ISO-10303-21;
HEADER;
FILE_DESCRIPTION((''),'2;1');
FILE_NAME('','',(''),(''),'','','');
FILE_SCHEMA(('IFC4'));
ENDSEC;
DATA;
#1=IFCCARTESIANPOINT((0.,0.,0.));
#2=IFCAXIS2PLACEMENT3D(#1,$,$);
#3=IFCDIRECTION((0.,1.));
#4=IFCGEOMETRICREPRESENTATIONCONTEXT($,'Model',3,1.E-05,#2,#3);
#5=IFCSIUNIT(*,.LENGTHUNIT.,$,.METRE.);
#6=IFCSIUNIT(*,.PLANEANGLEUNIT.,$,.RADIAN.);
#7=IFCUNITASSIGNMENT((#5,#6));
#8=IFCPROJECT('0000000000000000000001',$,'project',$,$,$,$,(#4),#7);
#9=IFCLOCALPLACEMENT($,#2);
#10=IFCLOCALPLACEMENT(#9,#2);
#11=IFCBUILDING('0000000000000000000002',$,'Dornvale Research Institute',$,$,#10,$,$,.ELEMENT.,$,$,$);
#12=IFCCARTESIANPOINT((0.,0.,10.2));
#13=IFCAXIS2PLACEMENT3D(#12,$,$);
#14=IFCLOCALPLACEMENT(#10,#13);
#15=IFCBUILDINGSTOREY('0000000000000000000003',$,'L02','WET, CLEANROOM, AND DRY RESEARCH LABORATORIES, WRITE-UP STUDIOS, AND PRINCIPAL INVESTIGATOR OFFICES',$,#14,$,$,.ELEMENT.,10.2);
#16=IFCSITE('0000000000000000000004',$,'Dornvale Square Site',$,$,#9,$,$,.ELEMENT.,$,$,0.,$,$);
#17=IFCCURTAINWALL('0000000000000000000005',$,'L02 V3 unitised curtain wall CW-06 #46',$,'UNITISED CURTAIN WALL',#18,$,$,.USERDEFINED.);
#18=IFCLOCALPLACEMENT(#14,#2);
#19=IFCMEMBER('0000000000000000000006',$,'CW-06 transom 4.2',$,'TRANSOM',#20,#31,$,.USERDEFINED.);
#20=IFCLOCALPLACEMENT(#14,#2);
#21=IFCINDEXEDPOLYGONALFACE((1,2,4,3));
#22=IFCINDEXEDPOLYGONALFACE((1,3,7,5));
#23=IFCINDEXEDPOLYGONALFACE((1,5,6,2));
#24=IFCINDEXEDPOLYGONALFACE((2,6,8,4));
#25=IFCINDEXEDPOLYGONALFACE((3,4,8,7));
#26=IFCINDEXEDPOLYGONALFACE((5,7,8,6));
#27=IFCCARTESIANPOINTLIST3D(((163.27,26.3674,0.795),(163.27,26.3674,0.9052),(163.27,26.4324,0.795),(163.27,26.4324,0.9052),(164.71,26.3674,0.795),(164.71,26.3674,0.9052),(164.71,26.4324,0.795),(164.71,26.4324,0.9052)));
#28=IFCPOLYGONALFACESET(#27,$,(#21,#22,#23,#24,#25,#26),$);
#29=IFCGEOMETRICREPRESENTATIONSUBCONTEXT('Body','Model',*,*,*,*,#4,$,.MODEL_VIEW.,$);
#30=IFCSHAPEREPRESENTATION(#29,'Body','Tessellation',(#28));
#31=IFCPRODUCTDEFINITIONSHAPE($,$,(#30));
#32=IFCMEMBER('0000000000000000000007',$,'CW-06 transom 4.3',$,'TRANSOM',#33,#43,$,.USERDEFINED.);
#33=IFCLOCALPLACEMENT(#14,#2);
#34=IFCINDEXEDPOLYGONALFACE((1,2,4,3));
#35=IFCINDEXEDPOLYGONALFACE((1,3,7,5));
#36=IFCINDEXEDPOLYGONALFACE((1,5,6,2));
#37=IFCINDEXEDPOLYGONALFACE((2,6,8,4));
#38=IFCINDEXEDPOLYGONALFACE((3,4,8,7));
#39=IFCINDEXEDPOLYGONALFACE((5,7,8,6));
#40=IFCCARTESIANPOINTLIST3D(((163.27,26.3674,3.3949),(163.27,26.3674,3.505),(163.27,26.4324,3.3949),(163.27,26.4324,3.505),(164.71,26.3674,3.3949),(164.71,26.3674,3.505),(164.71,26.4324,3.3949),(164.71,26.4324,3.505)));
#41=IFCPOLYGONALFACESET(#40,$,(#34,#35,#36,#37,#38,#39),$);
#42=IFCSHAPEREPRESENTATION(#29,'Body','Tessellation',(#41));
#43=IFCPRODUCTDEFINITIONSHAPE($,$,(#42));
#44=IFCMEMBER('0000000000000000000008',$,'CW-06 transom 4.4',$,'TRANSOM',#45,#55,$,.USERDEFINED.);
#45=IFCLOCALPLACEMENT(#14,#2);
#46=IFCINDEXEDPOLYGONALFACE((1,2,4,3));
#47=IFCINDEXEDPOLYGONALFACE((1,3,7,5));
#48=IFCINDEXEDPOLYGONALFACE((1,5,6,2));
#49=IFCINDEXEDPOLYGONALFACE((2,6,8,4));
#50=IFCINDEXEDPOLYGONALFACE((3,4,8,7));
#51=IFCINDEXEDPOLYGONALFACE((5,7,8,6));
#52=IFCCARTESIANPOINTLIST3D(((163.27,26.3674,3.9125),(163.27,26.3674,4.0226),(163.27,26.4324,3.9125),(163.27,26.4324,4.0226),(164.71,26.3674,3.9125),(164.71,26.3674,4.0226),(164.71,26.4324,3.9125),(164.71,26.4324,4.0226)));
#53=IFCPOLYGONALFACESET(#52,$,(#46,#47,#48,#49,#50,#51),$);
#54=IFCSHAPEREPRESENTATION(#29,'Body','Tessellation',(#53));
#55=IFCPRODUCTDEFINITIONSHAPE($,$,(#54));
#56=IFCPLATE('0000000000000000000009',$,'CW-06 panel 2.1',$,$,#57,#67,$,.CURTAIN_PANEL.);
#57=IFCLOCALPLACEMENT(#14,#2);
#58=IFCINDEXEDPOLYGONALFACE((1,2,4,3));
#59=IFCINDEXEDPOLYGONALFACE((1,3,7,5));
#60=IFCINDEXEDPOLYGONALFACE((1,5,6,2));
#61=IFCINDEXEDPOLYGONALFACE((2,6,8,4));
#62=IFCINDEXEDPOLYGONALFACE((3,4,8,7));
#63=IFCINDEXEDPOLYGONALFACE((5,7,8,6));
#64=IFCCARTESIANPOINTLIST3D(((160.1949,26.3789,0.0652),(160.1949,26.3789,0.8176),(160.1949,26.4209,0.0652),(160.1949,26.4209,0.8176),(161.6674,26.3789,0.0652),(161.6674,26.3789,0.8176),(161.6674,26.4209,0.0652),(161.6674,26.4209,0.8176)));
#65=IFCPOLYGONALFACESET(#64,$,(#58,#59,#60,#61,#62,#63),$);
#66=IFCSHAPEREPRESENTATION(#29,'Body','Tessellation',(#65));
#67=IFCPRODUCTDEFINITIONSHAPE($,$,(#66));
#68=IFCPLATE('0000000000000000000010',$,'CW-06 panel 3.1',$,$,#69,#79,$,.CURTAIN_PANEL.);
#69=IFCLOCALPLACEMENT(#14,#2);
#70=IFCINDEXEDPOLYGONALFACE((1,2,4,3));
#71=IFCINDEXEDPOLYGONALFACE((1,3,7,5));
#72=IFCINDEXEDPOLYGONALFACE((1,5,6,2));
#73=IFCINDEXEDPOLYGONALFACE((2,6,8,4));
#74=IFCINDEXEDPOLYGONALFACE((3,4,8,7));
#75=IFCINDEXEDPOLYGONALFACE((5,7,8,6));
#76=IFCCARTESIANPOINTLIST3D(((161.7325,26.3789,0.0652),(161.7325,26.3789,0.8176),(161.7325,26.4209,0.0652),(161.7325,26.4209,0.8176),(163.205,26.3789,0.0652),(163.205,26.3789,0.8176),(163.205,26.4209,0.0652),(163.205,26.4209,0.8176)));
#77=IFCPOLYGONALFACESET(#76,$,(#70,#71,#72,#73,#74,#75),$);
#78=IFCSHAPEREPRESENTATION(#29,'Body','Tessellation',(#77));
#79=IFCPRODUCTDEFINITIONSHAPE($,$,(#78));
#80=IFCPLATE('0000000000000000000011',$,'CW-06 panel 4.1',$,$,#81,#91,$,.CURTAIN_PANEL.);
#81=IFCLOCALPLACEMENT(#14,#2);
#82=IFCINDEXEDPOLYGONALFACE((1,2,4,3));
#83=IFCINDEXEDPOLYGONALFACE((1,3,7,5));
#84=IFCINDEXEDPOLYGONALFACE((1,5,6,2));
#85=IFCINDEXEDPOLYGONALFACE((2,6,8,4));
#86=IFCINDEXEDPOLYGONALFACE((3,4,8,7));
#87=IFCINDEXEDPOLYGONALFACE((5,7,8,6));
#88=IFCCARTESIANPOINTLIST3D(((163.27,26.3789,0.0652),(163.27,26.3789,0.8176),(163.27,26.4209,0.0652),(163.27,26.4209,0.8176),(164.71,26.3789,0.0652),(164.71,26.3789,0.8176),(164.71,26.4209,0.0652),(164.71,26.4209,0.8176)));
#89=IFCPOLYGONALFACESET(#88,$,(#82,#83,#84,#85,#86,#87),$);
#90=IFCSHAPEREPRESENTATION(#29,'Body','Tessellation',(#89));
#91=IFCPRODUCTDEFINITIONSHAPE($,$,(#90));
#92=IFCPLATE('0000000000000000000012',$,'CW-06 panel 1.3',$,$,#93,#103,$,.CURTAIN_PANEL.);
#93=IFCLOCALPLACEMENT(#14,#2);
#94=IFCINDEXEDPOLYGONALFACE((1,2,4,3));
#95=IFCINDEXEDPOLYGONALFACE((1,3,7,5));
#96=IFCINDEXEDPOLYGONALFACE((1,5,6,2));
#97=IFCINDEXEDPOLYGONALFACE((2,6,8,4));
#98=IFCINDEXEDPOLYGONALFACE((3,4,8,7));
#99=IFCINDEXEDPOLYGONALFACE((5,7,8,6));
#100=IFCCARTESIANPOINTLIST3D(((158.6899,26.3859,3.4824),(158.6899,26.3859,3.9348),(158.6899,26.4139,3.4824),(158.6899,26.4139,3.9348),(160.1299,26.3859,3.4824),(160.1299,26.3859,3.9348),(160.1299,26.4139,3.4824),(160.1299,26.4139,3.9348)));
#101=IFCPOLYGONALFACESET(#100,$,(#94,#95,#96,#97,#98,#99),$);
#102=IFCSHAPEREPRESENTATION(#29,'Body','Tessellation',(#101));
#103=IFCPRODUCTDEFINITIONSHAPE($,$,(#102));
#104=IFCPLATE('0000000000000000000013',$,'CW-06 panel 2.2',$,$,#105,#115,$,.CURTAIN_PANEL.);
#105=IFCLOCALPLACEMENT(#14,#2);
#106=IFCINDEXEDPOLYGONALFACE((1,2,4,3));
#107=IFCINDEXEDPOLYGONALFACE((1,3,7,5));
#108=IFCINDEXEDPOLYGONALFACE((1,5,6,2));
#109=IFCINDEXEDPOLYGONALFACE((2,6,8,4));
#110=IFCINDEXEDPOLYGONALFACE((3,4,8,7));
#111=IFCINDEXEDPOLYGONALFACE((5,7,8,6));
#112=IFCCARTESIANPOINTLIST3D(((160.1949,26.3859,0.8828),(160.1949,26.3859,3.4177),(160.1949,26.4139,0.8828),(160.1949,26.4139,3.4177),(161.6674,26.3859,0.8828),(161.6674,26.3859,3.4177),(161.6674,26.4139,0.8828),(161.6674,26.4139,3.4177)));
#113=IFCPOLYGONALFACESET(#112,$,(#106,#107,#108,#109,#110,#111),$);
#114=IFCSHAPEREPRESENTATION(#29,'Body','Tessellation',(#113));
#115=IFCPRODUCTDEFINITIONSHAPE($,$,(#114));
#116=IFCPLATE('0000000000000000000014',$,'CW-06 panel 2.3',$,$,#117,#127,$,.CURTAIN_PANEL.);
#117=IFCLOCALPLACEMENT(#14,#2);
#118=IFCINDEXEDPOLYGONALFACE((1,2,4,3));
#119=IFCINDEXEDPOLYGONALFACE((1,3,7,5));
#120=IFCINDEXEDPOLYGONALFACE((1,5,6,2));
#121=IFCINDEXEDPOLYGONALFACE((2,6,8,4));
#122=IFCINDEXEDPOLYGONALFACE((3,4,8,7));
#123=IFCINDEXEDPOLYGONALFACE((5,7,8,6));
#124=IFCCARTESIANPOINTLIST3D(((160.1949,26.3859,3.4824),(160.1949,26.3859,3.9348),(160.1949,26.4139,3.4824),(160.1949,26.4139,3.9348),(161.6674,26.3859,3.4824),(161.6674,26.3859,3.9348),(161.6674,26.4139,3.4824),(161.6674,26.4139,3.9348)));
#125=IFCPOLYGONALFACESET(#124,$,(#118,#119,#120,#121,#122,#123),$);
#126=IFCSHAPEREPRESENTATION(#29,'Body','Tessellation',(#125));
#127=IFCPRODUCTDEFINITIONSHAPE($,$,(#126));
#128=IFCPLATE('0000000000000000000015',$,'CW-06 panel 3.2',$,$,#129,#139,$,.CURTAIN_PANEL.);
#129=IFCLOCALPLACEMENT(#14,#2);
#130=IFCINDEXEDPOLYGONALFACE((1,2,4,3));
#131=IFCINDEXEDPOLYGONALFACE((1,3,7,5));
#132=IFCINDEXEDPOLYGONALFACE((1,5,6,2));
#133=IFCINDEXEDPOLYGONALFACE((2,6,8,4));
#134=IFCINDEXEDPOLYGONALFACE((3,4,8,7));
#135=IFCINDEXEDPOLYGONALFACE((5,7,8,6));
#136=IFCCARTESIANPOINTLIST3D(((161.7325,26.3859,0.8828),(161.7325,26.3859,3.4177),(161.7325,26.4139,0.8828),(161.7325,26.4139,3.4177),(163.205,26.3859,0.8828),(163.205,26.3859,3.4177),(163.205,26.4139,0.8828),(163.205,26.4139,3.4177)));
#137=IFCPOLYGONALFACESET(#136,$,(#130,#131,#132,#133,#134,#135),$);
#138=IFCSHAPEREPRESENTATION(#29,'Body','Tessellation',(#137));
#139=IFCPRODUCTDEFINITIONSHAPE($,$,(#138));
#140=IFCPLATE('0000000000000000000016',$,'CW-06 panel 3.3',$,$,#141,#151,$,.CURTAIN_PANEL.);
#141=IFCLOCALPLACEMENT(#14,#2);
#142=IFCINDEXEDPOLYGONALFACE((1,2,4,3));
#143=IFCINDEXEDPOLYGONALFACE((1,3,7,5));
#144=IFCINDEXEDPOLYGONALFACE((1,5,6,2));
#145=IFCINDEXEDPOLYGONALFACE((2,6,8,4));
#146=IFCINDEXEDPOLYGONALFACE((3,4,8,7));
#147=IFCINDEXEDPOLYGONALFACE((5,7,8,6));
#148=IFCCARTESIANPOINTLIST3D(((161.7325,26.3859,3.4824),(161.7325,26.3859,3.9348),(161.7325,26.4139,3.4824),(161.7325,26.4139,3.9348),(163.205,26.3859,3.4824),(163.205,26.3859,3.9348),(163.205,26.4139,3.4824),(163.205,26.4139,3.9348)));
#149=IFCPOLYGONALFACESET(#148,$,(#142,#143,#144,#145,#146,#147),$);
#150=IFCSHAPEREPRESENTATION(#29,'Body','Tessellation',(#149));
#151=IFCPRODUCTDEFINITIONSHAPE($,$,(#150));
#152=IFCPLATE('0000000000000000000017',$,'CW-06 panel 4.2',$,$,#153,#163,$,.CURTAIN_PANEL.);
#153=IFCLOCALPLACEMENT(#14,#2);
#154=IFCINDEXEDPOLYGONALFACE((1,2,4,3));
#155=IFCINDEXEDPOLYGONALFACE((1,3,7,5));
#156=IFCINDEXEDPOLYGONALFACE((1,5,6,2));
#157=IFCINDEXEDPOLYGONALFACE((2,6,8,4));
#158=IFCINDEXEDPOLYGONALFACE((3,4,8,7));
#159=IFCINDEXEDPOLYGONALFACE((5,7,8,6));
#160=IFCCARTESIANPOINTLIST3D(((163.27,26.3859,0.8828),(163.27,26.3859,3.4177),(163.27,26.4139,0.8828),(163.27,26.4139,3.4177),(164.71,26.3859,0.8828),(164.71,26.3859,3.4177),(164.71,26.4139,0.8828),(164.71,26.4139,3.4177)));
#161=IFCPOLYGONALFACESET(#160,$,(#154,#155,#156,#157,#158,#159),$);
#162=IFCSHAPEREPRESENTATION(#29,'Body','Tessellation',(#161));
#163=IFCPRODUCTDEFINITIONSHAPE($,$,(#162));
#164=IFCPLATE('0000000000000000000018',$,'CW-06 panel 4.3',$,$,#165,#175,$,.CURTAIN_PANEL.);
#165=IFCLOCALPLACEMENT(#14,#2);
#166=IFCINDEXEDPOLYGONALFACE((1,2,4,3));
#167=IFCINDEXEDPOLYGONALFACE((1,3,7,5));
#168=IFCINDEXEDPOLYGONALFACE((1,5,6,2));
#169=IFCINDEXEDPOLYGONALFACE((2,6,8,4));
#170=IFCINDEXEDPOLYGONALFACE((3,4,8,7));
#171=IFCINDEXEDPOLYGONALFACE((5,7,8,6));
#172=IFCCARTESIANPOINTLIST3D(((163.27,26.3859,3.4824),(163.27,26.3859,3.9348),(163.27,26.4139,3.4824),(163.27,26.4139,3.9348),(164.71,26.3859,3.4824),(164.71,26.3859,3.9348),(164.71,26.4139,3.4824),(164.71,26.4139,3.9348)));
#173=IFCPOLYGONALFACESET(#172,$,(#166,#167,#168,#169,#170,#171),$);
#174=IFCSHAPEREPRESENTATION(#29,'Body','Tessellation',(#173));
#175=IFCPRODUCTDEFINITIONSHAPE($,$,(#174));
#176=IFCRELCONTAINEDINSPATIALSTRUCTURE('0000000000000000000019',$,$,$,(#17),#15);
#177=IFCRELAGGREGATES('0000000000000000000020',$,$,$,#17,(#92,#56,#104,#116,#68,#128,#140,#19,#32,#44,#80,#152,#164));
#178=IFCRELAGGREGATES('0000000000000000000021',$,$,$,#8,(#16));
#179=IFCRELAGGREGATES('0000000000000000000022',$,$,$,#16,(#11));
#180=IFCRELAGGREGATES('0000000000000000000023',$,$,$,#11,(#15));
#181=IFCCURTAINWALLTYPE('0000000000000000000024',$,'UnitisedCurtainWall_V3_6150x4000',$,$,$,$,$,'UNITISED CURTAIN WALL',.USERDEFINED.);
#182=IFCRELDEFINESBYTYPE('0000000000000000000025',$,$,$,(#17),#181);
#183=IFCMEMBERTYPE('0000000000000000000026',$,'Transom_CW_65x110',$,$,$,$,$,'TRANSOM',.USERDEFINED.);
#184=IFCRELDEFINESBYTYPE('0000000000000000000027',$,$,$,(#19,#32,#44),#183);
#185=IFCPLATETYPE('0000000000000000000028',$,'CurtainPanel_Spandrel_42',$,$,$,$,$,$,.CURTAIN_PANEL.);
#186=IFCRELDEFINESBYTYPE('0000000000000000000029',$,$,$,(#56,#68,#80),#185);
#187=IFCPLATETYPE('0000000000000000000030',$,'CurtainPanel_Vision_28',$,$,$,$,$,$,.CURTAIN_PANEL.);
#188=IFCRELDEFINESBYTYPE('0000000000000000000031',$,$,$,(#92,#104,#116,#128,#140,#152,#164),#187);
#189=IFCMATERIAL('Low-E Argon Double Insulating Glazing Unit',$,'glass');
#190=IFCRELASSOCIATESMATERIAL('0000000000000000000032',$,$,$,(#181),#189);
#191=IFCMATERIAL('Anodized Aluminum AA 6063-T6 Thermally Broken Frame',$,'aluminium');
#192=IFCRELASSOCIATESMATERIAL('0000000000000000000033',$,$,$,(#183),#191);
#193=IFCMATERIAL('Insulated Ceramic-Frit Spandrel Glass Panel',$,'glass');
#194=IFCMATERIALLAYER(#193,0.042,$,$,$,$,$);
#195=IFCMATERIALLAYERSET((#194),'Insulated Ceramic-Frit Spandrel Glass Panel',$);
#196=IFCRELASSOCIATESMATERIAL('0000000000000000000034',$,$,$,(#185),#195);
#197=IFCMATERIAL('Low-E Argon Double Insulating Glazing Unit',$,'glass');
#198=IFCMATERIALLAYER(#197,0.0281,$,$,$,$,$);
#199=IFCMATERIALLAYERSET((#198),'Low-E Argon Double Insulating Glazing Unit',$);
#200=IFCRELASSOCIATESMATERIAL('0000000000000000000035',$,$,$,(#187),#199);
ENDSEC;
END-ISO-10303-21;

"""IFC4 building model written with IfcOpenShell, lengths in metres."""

from ifc_helpers import new_model, si_unit, direction, frame, origin, origin_2d, place, context, subcontext, project, spatial, rectangle, extrude, material, layer, layer_set, material_profile, profile_set, type_object, element, aggregate, save


model = new_model("IFC4")

# Units and contexts
model_context = context("Model", 3, precision=1e-05, world=origin(), true_north=direction((0.0, 1.0)))
body_context = subcontext(model_context, "Body", "Model", "MODEL_VIEW")
ifc_project = project(units=[si_unit("LENGTHUNIT", "METRE"), si_unit("PLANEANGLEUNIT", "RADIAN")], contexts=[model_context])

# Site, building, storey
site_placement = place(None, origin())
site = spatial("IfcSite", under=ifc_project, at=site_placement, Name="Dornvale Square Site", CompositionType="ELEMENT", RefElevation=0.0)
building_placement = place(site_placement, origin())
building = spatial("IfcBuilding", under=site, at=building_placement, Name="Dornvale Research Institute", CompositionType="ELEMENT")
storey_placement = place(building_placement, frame((0.0, 0.0, 10.2)))
storey = spatial("IfcBuildingStorey", under=building, at=storey_placement, Name="L02", Description="WET, CLEANROOM, AND DRY RESEARCH LABORATORIES, WRITE-UP STUDIOS, AND PRINCIPAL INVESTIGATOR OFFICES", CompositionType="ELEMENT", Elevation=10.2)

# Curtain wall, members, plates
ifc_material_1 = material(Name="Low-E Argon Double Insulating Glazing Unit", Category="glass")
curtain_wall_type = type_object("IfcCurtainWallType", Name="UnitisedCurtainWall_V3_6150x4000", ElementType="UNITISED CURTAIN WALL", PredefinedType="USERDEFINED", material=ifc_material_1)
curtain_wall_placement = place(storey_placement, origin())
curtain_wall = element("IfcCurtainWall", 1, at=curtain_wall_placement, inside=storey, type_object=curtain_wall_type, Name="L02 V3 unitised curtain wall CW-06 #46", ObjectType="UNITISED CURTAIN WALL", PredefinedType="USERDEFINED")
ifc_material_2 = material(Name="Anodized Aluminum AA 6063-T6 Thermally Broken Frame", Category="aluminium")
ifc_material_profile_1 = material_profile(ifc_material_2, rectangle(XDim=0.0649, YDim=0.1101, at=origin_2d()), Name="ALU TRANSOM 65x110")
ifc_profile_set_1 = profile_set([ifc_material_profile_1], Name="Anodized Aluminum AA 6063-T6 Thermally Broken Frame")
member_type_1 = type_object("IfcMemberType", Name="Transom_CW_65x110", ElementType="TRANSOM", PredefinedType="USERDEFINED", material=ifc_profile_set_1)
member_1_placement = place(storey_placement, frame((163.27, 26.3999, 0.8501), z_axis=(1.0, 0.0, 0.0), x_axis=(0.0, 1.0, 0.0)))
member_1 = element("IfcMember", 2, at=member_1_placement, type_object=member_type_1, Name="CW-06 transom 4.2", ObjectType="TRANSOM", PredefinedType="USERDEFINED", context=body_context, shape_type="SweptSolid", body=[
    extrude(rectangle(XDim=0.0649, YDim=0.1101, at=origin_2d()), origin(), (0.0, 0.0, 1.0), 1.4399),
])
member_2_placement = place(storey_placement, frame((163.27, 26.3999, 3.45), z_axis=(1.0, 0.0, 0.0), x_axis=(0.0, 1.0, 0.0)))
member_2 = element("IfcMember", 3, at=member_2_placement, type_object=member_type_1, Name="CW-06 transom 4.3", ObjectType="TRANSOM", PredefinedType="USERDEFINED", context=body_context, shape_type="SweptSolid", body=[
    extrude(rectangle(XDim=0.0649, YDim=0.1101, at=origin_2d()), origin(), (0.0, 0.0, 1.0), 1.4399),
])
member_3_placement = place(storey_placement, frame((163.27, 26.3999, 3.9675), z_axis=(1.0, 0.0, 0.0), x_axis=(0.0, 1.0, 0.0)))
member_3 = element("IfcMember", 4, at=member_3_placement, type_object=member_type_1, Name="CW-06 transom 4.4", ObjectType="TRANSOM", PredefinedType="USERDEFINED", context=body_context, shape_type="SweptSolid", body=[
    extrude(rectangle(XDim=0.0649, YDim=0.1101, at=origin_2d()), origin(), (0.0, 0.0, 1.0), 1.4399),
])
ifc_material_3 = material(Name="Insulated Ceramic-Frit Spandrel Glass Panel", Category="glass")
ifc_layer_1 = layer(ifc_material_3, 0.042)
ifc_layer_set_1 = layer_set([ifc_layer_1], Name="Insulated Ceramic-Frit Spandrel Glass Panel")
plate_type_1 = type_object("IfcPlateType", Name="CurtainPanel_Spandrel_42", PredefinedType="CURTAIN_PANEL", material=ifc_layer_set_1)
plate_1_placement = place(storey_placement, frame((160.9312, 26.3999, 0.0652), z_axis=(0.0, 0.0, 1.0), x_axis=(1.0, 0.0, 0.0)))
plate_1 = element("IfcPlate", 5, at=plate_1_placement, type_object=plate_type_1, Name="CW-06 panel 2.1", PredefinedType="CURTAIN_PANEL", context=body_context, shape_type="SweptSolid", body=[
    extrude(rectangle(XDim=1.4724, YDim=0.042, at=origin_2d()), origin(), (0.0, 0.0, 1.0), 0.7524),
])
plate_2_placement = place(storey_placement, frame((162.4688, 26.3999, 0.0652), z_axis=(0.0, 0.0, 1.0), x_axis=(1.0, 0.0, 0.0)))
plate_2 = element("IfcPlate", 6, at=plate_2_placement, type_object=plate_type_1, Name="CW-06 panel 3.1", PredefinedType="CURTAIN_PANEL", context=body_context, shape_type="SweptSolid", body=[
    extrude(rectangle(XDim=1.4724, YDim=0.042, at=origin_2d()), origin(), (0.0, 0.0, 1.0), 0.7524),
])
plate_3_placement = place(storey_placement, frame((163.99, 26.3999, 0.0652), z_axis=(0.0, 0.0, 1.0), x_axis=(1.0, 0.0, 0.0)))
plate_3 = element("IfcPlate", 7, at=plate_3_placement, type_object=plate_type_1, Name="CW-06 panel 4.1", PredefinedType="CURTAIN_PANEL", context=body_context, shape_type="SweptSolid", body=[
    extrude(rectangle(XDim=1.4399, YDim=0.042, at=origin_2d()), origin(), (0.0, 0.0, 1.0), 0.7524),
])
ifc_material_4 = material(Name="Low-E Argon Double Insulating Glazing Unit", Category="glass")
ifc_layer_2 = layer(ifc_material_4, 0.0281)
ifc_layer_set_2 = layer_set([ifc_layer_2], Name="Low-E Argon Double Insulating Glazing Unit")
plate_type_2 = type_object("IfcPlateType", Name="CurtainPanel_Vision_28", PredefinedType="CURTAIN_PANEL", material=ifc_layer_set_2)
plate_4_placement = place(storey_placement, frame((159.4099, 26.3999, 3.4824), z_axis=(0.0, 0.0, 1.0), x_axis=(1.0, 0.0, 0.0)))
plate_4 = element("IfcPlate", 8, at=plate_4_placement, type_object=plate_type_2, Name="CW-06 panel 1.3", PredefinedType="CURTAIN_PANEL", context=body_context, shape_type="SweptSolid", body=[
    extrude(rectangle(XDim=1.4399, YDim=0.0281, at=origin_2d()), origin(), (0.0, 0.0, 1.0), 0.4524),
])
plate_5_placement = place(storey_placement, frame((160.9312, 26.3999, 0.8828), z_axis=(0.0, 0.0, 1.0), x_axis=(1.0, 0.0, 0.0)))
plate_5 = element("IfcPlate", 9, at=plate_5_placement, type_object=plate_type_2, Name="CW-06 panel 2.2", PredefinedType="CURTAIN_PANEL", context=body_context, shape_type="SweptSolid", body=[
    extrude(rectangle(XDim=1.4724, YDim=0.0281, at=origin_2d()), origin(), (0.0, 0.0, 1.0), 2.5349),
])
plate_6_placement = place(storey_placement, frame((160.9312, 26.3999, 3.4824), z_axis=(0.0, 0.0, 1.0), x_axis=(1.0, 0.0, 0.0)))
plate_6 = element("IfcPlate", 10, at=plate_6_placement, type_object=plate_type_2, Name="CW-06 panel 2.3", PredefinedType="CURTAIN_PANEL", context=body_context, shape_type="SweptSolid", body=[
    extrude(rectangle(XDim=1.4724, YDim=0.0281, at=origin_2d()), origin(), (0.0, 0.0, 1.0), 0.4524),
])
plate_7_placement = place(storey_placement, frame((162.4688, 26.3999, 0.8828), z_axis=(0.0, 0.0, 1.0), x_axis=(1.0, 0.0, 0.0)))
plate_7 = element("IfcPlate", 11, at=plate_7_placement, type_object=plate_type_2, Name="CW-06 panel 3.2", PredefinedType="CURTAIN_PANEL", context=body_context, shape_type="SweptSolid", body=[
    extrude(rectangle(XDim=1.4724, YDim=0.0281, at=origin_2d()), origin(), (0.0, 0.0, 1.0), 2.5349),
])
plate_8_placement = place(storey_placement, frame((162.4688, 26.3999, 3.4824), z_axis=(0.0, 0.0, 1.0), x_axis=(1.0, 0.0, 0.0)))
plate_8 = element("IfcPlate", 12, at=plate_8_placement, type_object=plate_type_2, Name="CW-06 panel 3.3", PredefinedType="CURTAIN_PANEL", context=body_context, shape_type="SweptSolid", body=[
    extrude(rectangle(XDim=1.4724, YDim=0.0281, at=origin_2d()), origin(), (0.0, 0.0, 1.0), 0.4524),
])
plate_9_placement = place(storey_placement, frame((163.99, 26.3999, 0.8828), z_axis=(0.0, 0.0, 1.0), x_axis=(1.0, 0.0, 0.0)))
plate_9 = element("IfcPlate", 13, at=plate_9_placement, type_object=plate_type_2, Name="CW-06 panel 4.2", PredefinedType="CURTAIN_PANEL", context=body_context, shape_type="SweptSolid", body=[
    extrude(rectangle(XDim=1.4399, YDim=0.0281, at=origin_2d()), origin(), (0.0, 0.0, 1.0), 2.5349),
])
plate_10_placement = place(storey_placement, frame((163.99, 26.3999, 3.4824), z_axis=(0.0, 0.0, 1.0), x_axis=(1.0, 0.0, 0.0)))
plate_10 = element("IfcPlate", 14, at=plate_10_placement, type_object=plate_type_2, Name="CW-06 panel 4.3", PredefinedType="CURTAIN_PANEL", context=body_context, shape_type="SweptSolid", body=[
    extrude(rectangle(XDim=1.4399, YDim=0.0281, at=origin_2d()), origin(), (0.0, 0.0, 1.0), 0.4524),
])
aggregate(curtain_wall, [plate_4, plate_1, plate_5, plate_6, plate_2, plate_7, plate_8, member_1, member_2, member_3, plate_3, plate_9, plate_10])

save(model, "model.ifc")
